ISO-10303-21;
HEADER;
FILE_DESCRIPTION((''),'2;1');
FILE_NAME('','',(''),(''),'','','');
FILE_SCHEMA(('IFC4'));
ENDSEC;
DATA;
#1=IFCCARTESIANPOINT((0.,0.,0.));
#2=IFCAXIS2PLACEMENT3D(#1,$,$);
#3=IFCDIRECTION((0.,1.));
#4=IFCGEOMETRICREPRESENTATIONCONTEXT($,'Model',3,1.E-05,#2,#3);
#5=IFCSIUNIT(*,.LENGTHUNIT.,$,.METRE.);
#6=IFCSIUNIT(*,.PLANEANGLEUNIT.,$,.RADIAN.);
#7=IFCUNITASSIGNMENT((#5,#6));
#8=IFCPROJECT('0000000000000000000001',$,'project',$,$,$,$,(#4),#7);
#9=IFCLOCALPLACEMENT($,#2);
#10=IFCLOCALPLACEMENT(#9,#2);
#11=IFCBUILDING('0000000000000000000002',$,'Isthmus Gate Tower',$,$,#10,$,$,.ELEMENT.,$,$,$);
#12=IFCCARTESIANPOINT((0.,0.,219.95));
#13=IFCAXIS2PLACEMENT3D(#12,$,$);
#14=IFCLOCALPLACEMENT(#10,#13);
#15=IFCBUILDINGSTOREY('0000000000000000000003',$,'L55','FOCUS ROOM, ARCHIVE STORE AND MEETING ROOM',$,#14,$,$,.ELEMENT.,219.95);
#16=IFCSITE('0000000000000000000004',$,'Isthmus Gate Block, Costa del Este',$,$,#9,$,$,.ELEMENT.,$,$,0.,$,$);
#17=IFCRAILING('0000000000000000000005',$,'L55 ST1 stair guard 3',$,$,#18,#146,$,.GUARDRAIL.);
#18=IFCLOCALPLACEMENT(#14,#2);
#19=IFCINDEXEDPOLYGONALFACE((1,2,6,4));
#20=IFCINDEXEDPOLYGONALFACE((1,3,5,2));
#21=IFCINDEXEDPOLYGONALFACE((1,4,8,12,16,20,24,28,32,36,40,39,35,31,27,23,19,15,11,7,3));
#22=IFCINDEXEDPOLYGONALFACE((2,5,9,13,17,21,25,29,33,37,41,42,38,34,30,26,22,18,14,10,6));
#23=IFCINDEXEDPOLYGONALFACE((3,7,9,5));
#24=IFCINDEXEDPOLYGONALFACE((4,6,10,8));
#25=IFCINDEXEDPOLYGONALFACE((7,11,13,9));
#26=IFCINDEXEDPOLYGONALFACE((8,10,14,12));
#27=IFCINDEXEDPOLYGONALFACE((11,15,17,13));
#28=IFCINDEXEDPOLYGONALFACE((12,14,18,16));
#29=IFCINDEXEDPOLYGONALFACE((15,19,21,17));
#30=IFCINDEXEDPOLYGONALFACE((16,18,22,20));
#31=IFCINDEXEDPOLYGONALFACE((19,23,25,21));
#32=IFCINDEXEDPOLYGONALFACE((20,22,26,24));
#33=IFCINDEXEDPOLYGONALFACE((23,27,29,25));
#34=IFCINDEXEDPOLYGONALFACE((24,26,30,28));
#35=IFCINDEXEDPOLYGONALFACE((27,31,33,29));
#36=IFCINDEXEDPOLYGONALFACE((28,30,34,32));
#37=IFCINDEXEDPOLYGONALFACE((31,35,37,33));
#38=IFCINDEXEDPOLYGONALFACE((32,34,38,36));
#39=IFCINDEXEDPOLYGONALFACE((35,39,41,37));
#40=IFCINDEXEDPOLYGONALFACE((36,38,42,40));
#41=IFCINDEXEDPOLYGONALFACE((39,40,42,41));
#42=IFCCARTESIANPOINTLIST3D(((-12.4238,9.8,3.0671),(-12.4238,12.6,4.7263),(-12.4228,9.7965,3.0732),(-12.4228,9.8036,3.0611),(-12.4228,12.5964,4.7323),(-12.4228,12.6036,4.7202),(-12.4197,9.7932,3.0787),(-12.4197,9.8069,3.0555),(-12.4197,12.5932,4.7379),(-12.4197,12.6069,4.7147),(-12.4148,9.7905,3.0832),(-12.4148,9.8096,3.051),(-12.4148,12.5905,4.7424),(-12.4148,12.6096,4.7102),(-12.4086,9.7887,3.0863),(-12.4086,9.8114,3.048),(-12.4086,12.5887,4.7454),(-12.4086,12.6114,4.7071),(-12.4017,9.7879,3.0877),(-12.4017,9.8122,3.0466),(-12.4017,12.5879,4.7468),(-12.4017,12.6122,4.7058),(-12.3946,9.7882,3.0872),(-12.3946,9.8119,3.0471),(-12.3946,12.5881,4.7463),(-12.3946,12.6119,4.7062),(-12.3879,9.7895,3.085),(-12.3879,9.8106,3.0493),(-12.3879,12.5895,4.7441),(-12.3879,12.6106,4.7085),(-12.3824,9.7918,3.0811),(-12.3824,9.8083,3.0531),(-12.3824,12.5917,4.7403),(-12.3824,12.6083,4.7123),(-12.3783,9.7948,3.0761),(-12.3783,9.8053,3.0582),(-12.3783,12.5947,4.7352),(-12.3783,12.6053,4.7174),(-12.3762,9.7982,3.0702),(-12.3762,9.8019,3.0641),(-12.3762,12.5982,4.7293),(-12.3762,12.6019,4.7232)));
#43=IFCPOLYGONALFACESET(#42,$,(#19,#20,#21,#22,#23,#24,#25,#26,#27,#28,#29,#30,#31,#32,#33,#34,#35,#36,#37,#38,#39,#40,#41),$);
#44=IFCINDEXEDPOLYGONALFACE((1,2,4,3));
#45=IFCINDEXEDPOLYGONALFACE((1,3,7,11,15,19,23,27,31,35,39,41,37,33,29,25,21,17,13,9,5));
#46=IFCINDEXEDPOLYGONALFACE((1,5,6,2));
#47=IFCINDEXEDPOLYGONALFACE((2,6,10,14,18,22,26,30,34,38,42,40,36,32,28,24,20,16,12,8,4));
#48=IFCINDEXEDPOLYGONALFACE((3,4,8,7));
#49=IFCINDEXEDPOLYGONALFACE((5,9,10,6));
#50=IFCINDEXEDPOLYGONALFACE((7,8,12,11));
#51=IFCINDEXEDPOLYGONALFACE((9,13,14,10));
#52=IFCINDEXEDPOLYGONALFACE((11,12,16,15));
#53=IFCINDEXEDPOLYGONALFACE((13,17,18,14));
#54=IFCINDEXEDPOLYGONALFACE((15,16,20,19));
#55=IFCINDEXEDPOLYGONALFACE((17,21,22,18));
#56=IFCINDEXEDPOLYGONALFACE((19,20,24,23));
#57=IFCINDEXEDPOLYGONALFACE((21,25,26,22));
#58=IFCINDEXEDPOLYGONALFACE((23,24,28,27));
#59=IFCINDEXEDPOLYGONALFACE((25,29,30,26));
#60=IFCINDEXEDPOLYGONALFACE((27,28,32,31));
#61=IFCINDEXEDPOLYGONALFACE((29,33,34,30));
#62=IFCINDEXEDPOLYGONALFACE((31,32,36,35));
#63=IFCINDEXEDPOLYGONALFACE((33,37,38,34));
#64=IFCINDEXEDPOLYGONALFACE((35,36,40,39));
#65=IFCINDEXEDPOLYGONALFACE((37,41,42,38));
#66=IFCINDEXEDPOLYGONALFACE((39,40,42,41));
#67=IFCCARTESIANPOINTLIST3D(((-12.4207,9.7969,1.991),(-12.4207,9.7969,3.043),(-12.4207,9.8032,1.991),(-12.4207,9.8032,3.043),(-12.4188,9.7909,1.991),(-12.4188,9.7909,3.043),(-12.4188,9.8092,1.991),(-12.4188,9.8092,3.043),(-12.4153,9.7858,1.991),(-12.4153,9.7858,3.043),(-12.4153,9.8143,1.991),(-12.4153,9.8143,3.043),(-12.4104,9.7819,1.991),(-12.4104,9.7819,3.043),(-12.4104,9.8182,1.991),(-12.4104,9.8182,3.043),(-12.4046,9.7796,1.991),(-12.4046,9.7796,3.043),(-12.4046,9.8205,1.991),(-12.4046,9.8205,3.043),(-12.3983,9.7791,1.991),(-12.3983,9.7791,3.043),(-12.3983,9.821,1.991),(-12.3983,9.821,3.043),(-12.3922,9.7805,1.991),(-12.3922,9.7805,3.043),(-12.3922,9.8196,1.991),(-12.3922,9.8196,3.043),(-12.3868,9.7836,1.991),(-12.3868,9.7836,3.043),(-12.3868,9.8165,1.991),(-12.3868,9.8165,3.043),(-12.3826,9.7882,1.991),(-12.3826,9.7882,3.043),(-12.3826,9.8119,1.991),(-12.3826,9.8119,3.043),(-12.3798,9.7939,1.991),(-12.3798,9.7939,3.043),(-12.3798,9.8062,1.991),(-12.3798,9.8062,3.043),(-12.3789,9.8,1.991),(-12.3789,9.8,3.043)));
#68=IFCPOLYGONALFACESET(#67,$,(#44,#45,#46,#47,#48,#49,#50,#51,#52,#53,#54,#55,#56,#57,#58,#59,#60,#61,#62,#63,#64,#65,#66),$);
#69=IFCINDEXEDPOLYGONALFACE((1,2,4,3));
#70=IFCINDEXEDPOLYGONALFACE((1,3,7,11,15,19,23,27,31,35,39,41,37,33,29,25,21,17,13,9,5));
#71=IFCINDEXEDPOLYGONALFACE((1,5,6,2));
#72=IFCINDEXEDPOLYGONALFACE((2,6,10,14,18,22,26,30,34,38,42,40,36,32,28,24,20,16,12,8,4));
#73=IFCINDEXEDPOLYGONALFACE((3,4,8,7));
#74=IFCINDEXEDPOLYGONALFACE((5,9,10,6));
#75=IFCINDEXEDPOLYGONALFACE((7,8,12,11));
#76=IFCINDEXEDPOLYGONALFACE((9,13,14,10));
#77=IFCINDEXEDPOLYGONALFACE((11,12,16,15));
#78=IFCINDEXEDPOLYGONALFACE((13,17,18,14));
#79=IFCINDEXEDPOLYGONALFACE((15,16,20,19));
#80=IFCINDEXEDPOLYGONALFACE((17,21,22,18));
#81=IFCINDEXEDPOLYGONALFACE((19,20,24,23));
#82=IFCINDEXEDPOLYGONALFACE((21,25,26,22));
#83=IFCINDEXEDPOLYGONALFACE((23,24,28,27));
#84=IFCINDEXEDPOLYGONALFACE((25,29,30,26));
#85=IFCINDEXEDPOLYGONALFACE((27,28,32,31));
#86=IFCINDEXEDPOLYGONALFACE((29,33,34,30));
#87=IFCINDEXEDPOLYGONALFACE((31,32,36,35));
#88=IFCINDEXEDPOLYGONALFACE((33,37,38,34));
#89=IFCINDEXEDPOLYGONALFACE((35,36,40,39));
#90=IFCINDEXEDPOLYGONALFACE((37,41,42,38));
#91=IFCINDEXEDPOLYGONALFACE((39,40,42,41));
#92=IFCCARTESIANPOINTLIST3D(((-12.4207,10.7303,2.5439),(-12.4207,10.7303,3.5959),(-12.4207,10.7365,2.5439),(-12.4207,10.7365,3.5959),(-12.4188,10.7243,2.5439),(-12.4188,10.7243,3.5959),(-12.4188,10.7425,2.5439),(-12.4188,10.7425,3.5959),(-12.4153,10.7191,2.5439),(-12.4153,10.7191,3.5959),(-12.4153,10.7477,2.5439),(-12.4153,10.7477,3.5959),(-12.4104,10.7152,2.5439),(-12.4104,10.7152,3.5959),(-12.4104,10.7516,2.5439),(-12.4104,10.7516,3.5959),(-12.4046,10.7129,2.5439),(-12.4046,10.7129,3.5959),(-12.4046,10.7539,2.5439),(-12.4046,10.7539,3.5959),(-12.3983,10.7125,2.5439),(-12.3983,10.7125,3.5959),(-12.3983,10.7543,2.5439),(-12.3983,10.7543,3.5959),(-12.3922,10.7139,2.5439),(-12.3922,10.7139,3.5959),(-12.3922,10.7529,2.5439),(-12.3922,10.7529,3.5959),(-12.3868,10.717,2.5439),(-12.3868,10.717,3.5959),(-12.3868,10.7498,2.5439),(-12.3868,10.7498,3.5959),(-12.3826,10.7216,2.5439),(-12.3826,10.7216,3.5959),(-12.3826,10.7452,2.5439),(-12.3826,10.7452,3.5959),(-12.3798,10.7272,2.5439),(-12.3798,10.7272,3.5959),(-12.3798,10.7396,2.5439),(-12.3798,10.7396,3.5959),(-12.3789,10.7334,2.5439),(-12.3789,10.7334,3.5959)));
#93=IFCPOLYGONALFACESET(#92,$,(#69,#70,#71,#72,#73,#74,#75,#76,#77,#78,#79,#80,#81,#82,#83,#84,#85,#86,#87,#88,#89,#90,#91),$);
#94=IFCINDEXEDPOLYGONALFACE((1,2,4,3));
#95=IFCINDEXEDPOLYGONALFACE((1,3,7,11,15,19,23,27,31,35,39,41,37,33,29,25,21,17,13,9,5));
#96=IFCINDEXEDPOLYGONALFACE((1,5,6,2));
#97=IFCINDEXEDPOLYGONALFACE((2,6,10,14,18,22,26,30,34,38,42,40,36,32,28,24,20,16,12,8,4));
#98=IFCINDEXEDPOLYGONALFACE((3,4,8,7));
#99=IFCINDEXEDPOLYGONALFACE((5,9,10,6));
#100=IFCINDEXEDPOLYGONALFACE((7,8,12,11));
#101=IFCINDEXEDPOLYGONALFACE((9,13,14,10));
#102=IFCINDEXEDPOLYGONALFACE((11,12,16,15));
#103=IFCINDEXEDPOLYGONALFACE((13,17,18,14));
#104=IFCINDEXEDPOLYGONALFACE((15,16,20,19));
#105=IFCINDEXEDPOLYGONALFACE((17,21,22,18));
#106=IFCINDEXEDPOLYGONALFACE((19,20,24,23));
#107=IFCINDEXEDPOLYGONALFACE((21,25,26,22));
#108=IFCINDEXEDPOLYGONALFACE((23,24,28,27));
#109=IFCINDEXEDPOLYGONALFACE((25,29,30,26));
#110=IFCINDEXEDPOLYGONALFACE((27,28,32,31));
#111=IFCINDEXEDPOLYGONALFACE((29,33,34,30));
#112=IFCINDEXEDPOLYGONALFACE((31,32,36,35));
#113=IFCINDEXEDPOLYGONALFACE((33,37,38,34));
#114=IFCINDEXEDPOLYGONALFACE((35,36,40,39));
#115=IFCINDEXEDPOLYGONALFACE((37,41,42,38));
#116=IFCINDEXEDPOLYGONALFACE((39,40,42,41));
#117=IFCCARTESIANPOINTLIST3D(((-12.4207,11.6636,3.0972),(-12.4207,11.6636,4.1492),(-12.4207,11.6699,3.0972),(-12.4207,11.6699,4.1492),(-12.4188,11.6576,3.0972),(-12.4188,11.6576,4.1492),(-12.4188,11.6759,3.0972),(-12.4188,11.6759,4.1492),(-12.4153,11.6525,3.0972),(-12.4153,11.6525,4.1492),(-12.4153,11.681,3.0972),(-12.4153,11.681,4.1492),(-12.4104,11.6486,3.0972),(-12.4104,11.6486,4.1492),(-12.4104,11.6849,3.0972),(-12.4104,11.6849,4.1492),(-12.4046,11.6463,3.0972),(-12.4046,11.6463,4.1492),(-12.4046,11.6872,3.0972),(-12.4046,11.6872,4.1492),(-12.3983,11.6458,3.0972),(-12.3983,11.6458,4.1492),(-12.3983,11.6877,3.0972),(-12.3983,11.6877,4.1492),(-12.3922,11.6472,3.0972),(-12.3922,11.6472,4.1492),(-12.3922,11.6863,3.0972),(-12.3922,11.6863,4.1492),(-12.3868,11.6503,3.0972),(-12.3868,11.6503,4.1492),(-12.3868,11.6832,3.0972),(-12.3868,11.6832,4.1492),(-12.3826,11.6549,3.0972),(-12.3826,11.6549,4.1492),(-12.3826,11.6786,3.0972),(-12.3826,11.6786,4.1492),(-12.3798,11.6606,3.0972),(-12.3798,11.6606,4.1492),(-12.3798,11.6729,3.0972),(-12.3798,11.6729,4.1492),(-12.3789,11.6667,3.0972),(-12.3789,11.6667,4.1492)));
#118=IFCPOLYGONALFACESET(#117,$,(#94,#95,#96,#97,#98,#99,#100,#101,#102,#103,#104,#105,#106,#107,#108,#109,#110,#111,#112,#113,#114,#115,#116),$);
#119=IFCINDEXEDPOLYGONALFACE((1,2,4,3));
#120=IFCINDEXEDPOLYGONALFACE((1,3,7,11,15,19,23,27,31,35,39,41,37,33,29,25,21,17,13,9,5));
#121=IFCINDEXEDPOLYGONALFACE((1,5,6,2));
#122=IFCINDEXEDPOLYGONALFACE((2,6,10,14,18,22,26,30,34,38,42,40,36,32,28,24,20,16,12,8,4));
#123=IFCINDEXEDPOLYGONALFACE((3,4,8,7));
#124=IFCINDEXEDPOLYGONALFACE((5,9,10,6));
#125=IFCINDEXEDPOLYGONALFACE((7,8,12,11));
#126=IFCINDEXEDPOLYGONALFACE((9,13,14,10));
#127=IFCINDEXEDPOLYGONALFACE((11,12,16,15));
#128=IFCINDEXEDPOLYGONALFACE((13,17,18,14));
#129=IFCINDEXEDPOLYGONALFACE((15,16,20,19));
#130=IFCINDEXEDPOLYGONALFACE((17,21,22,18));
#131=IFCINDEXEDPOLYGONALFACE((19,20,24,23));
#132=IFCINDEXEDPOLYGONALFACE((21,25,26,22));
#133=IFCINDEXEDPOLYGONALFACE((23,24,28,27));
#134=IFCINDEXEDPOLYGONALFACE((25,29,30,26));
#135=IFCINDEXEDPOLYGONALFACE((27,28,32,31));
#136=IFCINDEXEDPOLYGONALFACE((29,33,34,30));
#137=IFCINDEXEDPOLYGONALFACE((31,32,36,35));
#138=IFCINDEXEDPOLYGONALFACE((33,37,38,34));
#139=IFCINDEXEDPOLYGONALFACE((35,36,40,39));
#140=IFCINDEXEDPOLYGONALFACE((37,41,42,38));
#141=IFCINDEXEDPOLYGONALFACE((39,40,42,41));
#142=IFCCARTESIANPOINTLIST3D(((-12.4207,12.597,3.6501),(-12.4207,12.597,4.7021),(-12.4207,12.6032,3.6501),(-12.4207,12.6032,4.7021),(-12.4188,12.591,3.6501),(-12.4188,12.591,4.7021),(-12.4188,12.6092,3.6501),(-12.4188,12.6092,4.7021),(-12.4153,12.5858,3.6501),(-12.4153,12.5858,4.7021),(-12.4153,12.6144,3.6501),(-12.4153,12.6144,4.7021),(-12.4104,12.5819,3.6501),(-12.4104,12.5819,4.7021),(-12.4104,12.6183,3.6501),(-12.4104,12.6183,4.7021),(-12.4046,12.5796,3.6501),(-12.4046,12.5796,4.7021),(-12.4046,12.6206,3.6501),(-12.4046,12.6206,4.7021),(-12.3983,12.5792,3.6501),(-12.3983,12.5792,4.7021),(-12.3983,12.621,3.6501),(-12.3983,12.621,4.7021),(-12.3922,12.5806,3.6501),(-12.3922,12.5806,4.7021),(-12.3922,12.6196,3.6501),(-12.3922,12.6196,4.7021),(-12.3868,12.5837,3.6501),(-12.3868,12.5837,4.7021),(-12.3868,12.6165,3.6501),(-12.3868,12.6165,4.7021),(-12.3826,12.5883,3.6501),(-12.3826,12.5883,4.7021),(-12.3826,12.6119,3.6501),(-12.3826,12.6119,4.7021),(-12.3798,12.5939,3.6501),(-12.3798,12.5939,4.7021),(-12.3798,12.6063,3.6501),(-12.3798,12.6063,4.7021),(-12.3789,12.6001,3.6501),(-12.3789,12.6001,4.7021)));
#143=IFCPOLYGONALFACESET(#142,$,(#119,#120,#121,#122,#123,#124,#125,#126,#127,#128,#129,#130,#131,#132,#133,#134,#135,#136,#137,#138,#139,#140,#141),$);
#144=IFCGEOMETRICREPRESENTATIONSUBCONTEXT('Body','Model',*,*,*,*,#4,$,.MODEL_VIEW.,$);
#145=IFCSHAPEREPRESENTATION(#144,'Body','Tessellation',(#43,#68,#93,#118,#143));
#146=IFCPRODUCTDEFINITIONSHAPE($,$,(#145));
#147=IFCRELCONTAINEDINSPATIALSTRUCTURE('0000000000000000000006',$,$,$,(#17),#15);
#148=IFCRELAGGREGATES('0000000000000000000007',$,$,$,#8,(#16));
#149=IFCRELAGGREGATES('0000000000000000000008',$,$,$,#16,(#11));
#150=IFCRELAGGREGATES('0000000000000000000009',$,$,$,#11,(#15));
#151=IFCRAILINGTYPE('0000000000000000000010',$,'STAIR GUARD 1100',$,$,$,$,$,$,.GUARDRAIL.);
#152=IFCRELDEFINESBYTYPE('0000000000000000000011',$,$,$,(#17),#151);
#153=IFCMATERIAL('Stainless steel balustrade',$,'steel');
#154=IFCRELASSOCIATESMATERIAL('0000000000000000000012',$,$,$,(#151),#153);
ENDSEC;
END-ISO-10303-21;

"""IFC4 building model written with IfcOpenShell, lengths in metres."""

from ifc_helpers import new_model, si_unit, direction, frame, origin, origin_2d, place, context, subcontext, project, spatial, circle, extrude, material, type_object, element, save


model = new_model("IFC4")

# Units and contexts
model_context = context("Model", 3, precision=1e-05, world=origin(), true_north=direction((0.0, 1.0)))
body_context = subcontext(model_context, "Body", "Model", "MODEL_VIEW")
ifc_project = project(units=[si_unit("LENGTHUNIT", "METRE"), si_unit("PLANEANGLEUNIT", "RADIAN")], contexts=[model_context])

# Site, building, storey
site_placement = place(None, origin())
site = spatial("IfcSite", under=ifc_project, at=site_placement, Name="Isthmus Gate Block, Costa del Este", CompositionType="ELEMENT", RefElevation=0.0)
building_placement = place(site_placement, origin())
building = spatial("IfcBuilding", under=site, at=building_placement, Name="Isthmus Gate Tower", CompositionType="ELEMENT")
storey_placement = place(building_placement, frame((0.0, 0.0, 219.95)))
storey = spatial("IfcBuildingStorey", under=building, at=storey_placement, Name="L55", Description="FOCUS ROOM, ARCHIVE STORE AND MEETING ROOM", CompositionType="ELEMENT", Elevation=219.95)

# Railing
ifc_material_1 = material(Name="Stainless steel balustrade", Category="steel")
railing_type_1 = type_object("IfcRailingType", Name="STAIR GUARD 1100", PredefinedType="GUARDRAIL", material=ifc_material_1)
railing_1_placement = place(storey_placement, frame((-12.3999, 9.8, 1.991)))
element("IfcRailing", 1, at=railing_1_placement, inside=storey, type_object=railing_type_1, Name="L55 ST1 stair guard 3", PredefinedType="GUARDRAIL", context=body_context, shape_type="SweptSolid", body=[
    extrude(circle(Radius=0.0239, at=origin_2d()), frame((0.0, 0.0, 1.0762), z_axis=(0.0, 0.860306, 0.509778), x_axis=(-1.0, 0.0, 0.0)), (0.0, 0.0, 1.0), 3.2546),
    extrude(circle(Radius=0.021, at=origin_2d()), origin(), (0.0, 0.0, 1.0), 1.052),
    extrude(circle(Radius=0.021, at=origin_2d()), frame((0.0, 0.9333, 0.553)), (0.0, 0.0, 1.0), 1.052),
    extrude(circle(Radius=0.021, at=origin_2d()), frame((0.0, 1.8667, 1.1062)), (0.0, 0.0, 1.0), 1.052),
    extrude(circle(Radius=0.021, at=origin_2d()), frame((0.0, 2.8, 1.6592)), (0.0, 0.0, 1.0), 1.052),
])

save(model, "model.ifc")
